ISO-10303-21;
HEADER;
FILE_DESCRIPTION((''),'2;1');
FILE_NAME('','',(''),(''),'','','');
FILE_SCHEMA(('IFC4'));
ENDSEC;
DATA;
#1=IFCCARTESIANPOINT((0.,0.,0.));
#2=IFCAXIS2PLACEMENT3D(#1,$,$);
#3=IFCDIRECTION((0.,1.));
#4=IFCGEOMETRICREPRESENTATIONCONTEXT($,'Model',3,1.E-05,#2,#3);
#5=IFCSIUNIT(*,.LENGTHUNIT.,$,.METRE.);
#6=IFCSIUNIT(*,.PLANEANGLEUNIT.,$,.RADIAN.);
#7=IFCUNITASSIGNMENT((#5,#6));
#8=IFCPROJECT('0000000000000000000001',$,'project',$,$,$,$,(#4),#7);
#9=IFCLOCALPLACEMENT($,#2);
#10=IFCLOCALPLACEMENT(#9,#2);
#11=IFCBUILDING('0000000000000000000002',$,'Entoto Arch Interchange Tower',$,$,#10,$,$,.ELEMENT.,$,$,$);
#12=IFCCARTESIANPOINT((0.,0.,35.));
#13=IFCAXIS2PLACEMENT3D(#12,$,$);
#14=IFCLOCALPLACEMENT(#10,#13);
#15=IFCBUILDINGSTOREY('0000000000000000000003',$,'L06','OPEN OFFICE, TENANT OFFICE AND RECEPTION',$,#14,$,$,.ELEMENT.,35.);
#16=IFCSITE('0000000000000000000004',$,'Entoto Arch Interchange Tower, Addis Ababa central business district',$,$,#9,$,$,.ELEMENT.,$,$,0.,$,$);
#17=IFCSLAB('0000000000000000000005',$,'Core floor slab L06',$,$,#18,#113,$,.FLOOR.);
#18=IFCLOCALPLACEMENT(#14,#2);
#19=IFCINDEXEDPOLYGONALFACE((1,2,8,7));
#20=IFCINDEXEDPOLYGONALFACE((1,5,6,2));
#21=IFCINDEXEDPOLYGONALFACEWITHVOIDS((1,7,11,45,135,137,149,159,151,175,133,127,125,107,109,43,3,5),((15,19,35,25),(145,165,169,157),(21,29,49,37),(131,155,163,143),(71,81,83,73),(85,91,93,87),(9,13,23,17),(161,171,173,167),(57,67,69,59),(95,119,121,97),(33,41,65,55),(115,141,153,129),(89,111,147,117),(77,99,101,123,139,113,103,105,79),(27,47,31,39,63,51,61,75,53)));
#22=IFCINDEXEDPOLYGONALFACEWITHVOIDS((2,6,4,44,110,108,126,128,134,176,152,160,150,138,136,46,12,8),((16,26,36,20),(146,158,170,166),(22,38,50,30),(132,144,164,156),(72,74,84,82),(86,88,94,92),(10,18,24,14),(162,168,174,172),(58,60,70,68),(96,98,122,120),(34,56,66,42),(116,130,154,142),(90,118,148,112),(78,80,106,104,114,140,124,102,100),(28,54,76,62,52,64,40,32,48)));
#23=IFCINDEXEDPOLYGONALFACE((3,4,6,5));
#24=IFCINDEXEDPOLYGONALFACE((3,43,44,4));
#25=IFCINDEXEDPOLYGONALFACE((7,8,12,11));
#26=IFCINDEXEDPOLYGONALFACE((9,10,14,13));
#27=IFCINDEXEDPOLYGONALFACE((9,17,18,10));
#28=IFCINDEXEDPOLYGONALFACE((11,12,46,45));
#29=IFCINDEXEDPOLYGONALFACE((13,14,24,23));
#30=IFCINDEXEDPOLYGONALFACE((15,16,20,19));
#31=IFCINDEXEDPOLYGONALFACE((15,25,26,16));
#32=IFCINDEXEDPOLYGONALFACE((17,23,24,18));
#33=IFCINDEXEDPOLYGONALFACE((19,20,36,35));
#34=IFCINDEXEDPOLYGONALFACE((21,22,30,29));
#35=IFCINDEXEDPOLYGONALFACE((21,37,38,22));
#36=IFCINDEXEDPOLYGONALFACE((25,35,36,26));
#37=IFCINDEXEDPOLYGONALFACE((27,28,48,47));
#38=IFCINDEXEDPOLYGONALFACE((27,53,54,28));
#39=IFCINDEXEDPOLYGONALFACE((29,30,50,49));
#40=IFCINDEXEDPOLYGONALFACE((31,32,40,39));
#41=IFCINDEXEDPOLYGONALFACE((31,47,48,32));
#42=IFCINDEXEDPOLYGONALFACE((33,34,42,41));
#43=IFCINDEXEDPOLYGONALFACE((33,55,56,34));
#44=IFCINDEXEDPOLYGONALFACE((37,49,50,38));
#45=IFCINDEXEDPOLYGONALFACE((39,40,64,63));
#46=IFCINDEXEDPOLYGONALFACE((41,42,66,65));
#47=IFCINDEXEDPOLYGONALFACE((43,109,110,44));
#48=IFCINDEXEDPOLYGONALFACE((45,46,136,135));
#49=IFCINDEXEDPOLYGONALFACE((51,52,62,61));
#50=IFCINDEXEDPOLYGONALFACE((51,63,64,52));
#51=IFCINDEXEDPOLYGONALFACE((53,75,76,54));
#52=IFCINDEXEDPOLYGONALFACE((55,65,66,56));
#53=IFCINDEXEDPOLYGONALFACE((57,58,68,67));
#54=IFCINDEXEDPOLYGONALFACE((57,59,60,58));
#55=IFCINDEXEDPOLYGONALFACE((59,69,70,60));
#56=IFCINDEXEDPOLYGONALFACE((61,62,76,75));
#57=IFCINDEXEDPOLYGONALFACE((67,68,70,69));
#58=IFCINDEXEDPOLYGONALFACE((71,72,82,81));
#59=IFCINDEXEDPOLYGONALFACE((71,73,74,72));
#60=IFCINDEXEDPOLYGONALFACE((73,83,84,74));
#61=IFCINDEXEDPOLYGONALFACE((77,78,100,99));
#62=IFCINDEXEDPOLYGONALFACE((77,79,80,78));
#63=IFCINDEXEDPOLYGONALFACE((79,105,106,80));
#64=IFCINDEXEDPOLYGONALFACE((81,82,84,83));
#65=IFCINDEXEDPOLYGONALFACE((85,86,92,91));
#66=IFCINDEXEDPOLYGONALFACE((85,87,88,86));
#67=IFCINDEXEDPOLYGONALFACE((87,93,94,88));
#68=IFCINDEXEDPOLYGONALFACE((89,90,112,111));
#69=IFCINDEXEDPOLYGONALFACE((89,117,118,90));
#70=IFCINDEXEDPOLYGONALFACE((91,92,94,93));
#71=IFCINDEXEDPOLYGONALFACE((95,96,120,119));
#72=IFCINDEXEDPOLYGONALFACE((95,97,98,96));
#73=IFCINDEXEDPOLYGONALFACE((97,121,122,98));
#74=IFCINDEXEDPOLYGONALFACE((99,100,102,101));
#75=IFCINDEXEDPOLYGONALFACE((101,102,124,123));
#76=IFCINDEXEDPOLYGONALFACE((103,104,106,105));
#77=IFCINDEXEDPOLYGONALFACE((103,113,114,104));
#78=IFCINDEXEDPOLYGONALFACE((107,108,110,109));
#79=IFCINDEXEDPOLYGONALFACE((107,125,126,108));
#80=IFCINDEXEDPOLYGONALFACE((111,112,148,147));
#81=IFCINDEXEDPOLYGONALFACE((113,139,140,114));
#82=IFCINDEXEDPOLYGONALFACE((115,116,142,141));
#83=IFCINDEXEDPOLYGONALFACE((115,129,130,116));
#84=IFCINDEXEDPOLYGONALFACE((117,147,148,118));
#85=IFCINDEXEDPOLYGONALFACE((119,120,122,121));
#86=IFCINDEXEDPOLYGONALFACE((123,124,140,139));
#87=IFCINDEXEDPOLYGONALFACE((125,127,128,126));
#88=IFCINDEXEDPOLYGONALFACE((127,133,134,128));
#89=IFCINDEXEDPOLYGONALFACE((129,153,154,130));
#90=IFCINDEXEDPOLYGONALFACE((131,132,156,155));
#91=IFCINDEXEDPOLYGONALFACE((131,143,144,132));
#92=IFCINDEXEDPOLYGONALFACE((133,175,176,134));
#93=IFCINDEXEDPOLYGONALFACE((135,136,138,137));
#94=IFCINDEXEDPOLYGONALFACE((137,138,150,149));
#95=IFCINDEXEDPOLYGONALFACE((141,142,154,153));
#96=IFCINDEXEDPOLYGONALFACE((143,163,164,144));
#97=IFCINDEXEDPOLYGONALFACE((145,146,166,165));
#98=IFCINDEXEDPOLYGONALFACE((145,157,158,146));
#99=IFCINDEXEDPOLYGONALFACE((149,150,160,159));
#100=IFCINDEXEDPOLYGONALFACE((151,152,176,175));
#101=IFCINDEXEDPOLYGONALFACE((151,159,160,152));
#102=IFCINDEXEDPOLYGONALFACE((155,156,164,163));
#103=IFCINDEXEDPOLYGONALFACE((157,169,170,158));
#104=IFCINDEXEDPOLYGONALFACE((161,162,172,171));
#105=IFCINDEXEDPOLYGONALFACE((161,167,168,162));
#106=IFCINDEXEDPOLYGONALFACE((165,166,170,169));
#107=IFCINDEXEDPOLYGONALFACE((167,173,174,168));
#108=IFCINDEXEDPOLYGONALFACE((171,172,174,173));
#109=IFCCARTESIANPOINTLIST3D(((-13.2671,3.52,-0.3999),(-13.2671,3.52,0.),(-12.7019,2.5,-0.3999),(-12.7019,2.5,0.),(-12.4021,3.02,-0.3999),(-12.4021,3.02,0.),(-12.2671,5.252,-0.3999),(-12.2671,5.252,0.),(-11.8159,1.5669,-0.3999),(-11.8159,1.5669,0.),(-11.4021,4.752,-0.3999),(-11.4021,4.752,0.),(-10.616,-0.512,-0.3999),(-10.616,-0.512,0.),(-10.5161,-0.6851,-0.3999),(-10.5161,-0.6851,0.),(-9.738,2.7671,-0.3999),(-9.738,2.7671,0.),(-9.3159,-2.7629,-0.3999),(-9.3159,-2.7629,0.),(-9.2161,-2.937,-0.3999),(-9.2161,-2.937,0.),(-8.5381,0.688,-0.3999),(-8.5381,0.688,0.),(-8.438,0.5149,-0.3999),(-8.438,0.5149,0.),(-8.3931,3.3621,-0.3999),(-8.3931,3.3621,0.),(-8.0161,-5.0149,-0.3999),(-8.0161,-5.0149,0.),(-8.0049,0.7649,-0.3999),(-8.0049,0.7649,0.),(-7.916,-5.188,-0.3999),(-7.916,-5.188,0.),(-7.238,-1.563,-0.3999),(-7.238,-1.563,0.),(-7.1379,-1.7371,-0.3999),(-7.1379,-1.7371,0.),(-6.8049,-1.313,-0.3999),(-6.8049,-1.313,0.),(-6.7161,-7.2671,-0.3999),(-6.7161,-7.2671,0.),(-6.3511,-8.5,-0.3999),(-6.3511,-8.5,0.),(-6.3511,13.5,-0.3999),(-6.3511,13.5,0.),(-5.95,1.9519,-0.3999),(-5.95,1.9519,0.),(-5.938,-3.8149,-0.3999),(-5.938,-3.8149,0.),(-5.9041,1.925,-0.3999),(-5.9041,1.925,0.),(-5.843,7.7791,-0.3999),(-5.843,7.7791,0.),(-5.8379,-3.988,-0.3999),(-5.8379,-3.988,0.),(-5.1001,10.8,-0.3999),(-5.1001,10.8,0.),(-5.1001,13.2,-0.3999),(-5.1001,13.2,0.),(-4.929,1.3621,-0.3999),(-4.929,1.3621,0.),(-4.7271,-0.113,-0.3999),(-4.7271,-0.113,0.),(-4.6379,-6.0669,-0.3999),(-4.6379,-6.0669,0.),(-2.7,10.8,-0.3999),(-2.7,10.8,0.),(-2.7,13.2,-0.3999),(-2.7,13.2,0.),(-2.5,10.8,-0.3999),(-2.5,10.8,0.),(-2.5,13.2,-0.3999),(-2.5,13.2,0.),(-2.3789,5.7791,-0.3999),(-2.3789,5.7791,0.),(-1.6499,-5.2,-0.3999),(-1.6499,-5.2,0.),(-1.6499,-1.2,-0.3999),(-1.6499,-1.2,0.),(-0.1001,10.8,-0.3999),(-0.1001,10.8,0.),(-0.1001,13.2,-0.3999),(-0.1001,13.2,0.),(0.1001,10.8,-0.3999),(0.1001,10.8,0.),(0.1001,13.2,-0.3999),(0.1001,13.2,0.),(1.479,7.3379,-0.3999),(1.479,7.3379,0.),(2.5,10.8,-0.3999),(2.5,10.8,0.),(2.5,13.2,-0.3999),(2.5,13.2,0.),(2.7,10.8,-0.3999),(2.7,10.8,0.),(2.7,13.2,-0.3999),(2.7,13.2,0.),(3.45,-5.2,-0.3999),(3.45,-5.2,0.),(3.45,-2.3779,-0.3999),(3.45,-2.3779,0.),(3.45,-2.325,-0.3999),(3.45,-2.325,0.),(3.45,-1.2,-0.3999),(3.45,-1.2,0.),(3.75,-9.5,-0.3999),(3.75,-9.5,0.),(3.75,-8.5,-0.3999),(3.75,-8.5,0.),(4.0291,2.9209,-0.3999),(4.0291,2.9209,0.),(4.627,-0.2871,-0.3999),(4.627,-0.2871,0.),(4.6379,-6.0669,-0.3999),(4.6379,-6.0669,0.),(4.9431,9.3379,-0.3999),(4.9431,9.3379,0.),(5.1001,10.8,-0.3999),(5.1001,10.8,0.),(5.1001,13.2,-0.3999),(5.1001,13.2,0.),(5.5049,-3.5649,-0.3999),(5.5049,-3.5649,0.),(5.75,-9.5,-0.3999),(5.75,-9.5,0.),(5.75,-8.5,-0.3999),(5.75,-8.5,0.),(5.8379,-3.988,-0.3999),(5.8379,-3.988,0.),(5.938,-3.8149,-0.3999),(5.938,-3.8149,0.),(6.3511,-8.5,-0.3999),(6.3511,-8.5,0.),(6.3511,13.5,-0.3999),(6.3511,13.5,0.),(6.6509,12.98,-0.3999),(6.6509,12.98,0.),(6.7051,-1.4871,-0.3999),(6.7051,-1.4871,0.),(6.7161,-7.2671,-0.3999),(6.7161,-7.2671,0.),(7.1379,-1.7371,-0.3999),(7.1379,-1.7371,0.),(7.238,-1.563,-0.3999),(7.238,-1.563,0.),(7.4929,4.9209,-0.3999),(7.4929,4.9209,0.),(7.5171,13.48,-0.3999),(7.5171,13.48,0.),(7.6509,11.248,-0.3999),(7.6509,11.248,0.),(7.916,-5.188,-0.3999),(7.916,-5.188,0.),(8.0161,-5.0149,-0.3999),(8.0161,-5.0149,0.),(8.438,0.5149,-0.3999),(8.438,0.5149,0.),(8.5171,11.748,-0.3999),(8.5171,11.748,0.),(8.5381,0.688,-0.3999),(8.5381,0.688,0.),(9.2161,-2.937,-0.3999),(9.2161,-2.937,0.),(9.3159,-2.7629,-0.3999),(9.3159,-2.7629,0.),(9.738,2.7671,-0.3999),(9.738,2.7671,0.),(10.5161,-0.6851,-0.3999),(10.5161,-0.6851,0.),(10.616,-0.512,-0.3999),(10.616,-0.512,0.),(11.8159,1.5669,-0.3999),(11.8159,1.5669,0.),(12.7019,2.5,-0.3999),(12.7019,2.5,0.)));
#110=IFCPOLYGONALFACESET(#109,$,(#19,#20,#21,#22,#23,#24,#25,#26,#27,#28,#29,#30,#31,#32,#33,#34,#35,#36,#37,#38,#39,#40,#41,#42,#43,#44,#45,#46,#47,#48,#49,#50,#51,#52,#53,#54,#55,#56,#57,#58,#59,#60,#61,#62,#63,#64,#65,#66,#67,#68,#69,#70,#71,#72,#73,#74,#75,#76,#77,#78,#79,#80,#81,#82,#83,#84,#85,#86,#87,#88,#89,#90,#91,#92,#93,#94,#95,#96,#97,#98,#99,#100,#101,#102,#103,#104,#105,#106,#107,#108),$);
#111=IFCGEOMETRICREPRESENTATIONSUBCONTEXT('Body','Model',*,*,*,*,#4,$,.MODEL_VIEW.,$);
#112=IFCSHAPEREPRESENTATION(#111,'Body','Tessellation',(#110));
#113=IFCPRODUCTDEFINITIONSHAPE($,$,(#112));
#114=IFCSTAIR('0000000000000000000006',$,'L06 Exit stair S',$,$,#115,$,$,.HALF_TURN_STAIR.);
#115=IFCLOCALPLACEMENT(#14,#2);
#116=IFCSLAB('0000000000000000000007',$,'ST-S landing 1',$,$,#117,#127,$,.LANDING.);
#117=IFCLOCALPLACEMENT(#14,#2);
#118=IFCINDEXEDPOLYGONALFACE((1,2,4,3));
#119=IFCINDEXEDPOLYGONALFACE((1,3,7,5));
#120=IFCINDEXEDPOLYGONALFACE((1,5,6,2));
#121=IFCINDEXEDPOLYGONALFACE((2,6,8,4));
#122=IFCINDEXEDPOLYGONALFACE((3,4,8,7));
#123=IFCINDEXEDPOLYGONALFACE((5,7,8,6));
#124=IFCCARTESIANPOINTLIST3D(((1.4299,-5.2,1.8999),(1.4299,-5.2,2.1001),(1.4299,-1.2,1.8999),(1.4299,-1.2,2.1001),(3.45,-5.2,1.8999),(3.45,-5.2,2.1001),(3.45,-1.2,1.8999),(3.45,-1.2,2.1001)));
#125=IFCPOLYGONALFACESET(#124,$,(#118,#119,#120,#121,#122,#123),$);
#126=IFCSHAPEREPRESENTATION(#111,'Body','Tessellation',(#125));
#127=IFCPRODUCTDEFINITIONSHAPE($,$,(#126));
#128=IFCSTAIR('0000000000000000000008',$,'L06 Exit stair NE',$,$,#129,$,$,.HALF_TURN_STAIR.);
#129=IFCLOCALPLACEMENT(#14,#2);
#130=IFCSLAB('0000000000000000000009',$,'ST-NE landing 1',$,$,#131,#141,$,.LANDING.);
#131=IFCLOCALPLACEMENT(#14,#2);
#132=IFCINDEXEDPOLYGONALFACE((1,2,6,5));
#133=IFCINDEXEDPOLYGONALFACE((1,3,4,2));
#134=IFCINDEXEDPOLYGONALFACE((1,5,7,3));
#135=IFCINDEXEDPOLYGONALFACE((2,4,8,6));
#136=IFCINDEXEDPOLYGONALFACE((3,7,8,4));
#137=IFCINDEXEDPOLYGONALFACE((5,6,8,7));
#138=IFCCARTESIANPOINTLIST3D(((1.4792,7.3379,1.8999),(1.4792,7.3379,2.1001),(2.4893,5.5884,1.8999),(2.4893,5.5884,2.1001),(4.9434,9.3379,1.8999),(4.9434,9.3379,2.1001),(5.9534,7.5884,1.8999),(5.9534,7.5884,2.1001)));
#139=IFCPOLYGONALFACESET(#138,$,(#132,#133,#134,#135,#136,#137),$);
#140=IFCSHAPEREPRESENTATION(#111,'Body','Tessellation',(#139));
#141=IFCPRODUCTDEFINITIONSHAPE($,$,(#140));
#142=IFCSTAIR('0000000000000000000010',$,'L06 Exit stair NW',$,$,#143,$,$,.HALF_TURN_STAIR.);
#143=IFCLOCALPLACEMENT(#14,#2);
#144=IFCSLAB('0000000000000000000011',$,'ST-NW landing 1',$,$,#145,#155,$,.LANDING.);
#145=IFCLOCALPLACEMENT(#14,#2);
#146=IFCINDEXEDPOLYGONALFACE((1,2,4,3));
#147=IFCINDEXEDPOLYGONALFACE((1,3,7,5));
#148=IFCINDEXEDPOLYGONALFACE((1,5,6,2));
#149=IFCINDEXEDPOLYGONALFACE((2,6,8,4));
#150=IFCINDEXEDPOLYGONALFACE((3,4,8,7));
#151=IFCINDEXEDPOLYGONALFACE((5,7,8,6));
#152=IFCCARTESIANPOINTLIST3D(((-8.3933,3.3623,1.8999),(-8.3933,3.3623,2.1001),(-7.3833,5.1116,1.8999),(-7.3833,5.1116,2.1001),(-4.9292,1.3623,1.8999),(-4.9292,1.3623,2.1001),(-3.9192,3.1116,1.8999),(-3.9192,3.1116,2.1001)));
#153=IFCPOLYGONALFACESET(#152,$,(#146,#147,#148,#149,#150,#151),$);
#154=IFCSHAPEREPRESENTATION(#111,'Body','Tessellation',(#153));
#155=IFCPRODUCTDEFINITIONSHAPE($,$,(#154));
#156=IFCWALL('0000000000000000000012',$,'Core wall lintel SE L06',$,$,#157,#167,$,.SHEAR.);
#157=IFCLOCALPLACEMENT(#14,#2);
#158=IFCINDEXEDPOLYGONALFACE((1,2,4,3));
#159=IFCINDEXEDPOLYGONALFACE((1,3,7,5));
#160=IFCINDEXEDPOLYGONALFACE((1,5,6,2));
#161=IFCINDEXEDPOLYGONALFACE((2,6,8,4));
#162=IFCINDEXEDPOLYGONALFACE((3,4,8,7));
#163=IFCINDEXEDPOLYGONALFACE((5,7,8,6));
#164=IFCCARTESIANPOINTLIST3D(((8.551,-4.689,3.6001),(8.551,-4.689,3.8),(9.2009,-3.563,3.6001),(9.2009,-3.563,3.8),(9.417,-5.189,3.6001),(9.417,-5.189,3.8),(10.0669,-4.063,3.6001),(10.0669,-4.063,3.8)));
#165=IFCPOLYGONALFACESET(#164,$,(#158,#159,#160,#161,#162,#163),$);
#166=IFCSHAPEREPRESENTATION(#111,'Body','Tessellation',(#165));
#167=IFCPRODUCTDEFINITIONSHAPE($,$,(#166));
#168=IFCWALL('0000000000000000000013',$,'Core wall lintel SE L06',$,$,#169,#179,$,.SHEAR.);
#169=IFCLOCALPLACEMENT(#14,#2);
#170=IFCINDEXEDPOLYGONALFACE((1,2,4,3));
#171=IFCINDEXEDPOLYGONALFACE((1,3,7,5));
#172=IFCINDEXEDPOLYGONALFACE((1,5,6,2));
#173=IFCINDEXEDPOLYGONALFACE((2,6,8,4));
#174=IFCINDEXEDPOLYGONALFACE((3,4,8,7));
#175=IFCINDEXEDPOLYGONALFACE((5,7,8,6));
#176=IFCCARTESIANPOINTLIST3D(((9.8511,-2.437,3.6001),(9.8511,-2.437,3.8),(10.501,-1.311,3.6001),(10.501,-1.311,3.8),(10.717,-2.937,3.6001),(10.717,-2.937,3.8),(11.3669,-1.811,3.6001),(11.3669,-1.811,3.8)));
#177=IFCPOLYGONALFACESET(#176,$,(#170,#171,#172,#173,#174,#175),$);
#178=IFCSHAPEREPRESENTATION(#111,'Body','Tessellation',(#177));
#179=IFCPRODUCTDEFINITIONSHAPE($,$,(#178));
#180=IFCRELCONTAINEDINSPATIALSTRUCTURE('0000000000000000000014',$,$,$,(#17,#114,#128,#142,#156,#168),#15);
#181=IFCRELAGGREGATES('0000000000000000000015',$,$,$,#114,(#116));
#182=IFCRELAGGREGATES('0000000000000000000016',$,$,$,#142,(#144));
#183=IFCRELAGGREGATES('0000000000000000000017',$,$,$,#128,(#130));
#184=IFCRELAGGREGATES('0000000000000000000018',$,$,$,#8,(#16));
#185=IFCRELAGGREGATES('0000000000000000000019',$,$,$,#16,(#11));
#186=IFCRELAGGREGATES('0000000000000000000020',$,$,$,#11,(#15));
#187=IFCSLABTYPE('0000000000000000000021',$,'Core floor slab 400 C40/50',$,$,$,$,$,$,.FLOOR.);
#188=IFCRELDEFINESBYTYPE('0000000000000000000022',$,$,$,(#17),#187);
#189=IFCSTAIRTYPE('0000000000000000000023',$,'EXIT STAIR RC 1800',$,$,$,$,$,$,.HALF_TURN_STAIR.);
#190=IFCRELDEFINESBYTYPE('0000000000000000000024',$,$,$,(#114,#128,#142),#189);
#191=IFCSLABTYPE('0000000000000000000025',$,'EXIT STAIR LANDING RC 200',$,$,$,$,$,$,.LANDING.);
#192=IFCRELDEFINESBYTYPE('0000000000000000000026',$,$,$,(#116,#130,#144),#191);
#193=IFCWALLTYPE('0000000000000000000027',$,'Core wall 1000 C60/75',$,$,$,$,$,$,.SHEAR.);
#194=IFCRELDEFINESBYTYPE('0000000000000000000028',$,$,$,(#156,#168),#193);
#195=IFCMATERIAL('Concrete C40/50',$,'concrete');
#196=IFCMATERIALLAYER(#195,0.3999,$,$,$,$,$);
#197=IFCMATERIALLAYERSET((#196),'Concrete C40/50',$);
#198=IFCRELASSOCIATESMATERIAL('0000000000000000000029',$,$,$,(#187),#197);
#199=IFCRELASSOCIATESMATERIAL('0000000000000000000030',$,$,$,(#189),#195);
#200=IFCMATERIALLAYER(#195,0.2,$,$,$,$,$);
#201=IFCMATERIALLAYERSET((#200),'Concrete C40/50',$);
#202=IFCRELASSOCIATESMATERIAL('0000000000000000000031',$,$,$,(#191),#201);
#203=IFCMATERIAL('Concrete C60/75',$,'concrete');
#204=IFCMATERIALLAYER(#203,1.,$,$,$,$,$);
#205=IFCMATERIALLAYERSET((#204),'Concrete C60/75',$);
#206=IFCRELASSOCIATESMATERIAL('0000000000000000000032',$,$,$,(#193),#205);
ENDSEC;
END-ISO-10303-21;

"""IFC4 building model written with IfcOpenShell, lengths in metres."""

from ifc_helpers import new_model, si_unit, direction, frame, origin, place, context, subcontext, project, spatial, polyline, outline, extrude, material, layer, layer_set, type_object, element, aggregate, save


model = new_model("IFC4")

# Units and contexts
model_context = context("Model", 3, precision=1e-05, world=origin(), true_north=direction((0.0, 1.0)))
body_context = subcontext(model_context, "Body", "Model", "MODEL_VIEW")
ifc_project = project(units=[si_unit("LENGTHUNIT", "METRE"), si_unit("PLANEANGLEUNIT", "RADIAN")], contexts=[model_context])

# Site, building, storey
site_placement = place(None, origin())
site = spatial("IfcSite", under=ifc_project, at=site_placement, Name="Entoto Arch Interchange Tower, Addis Ababa central business district", CompositionType="ELEMENT", RefElevation=0.0)
building_placement = place(site_placement, origin())
building = spatial("IfcBuilding", under=site, at=building_placement, Name="Entoto Arch Interchange Tower", CompositionType="ELEMENT")
storey_placement = place(building_placement, frame((0.0, 0.0, 35.0)))
storey = spatial("IfcBuildingStorey", under=building, at=storey_placement, Name="L06", Description="OPEN OFFICE, TENANT OFFICE AND RECEPTION", CompositionType="ELEMENT", Elevation=35.0)

# Slab
ifc_material_1 = material(Name="Concrete C40/50", Category="concrete")
ifc_layer_1 = layer(ifc_material_1, 0.3999)
ifc_layer_set_1 = layer_set([ifc_layer_1], Name="Concrete C40/50")
slab_type_1 = type_object("IfcSlabType", Name="Core floor slab 400 C40/50", PredefinedType="FLOOR", material=ifc_layer_set_1)
slab_1_placement = place(storey_placement, frame((0.0, 0.0, -0.3999)))
element("IfcSlab", 1, at=slab_1_placement, inside=storey, type_object=slab_type_1, Name="Core floor slab L06", PredefinedType="FLOOR", context=body_context, shape_type="SweptSolid", body=[
    extrude(outline(polyline([(5.75, -9.5), (3.75, -9.5), (3.75, -8.5), (-6.3511, -8.5), (-12.7019, 2.5), (-12.4021, 3.02), (-13.2671, 3.52), (-12.2671, 5.252), (-11.4021, 4.752), (-6.3511, 13.5), (6.3511, 13.5), (6.6509, 12.98), (7.5171, 13.48), (8.5171, 11.748), (7.6509, 11.248), (12.7019, 2.5), (6.3511, -8.5), (5.75, -8.5), (5.75, -9.5)]), holes=[polyline([(-4.6379, -6.0669), (-5.8379, -3.988), (-7.916, -5.188), (-6.7161, -7.2671), (-4.6379, -6.0669)]), polyline([(-5.938, -3.8149), (-7.1379, -1.7371), (-9.2161, -2.937), (-8.0161, -5.0149), (-5.938, -3.8149)]), polyline([(5.5049, -3.5649), (6.7051, -1.4871), (4.627, -0.2871), (3.45, -2.325), (3.45, -1.2), (-1.6499, -1.2), (-1.6499, -5.2), (3.45, -5.2), (3.45, -2.3779), (5.5049, -3.5649)]), polyline([(-7.238, -1.563), (-8.438, 0.5149), (-10.5161, -0.6851), (-9.3159, -2.7629), (-7.238, -1.563)]), polyline([(-4.7271, -0.113), (-5.9041, 1.925), (-4.929, 1.3621), (-2.3789, 5.7791), (-5.843, 7.7791), (-8.3931, 3.3621), (-5.95, 1.9519), (-8.0049, 0.7649), (-6.8049, -1.313), (-4.7271, -0.113)]), polyline([(-8.5381, 0.688), (-9.738, 2.7671), (-11.8159, 1.5669), (-10.616, -0.512), (-8.5381, 0.688)]), polyline([(-5.1001, 10.8), (-2.7, 10.8), (-2.7, 13.2), (-5.1001, 13.2), (-5.1001, 10.8)]), polyline([(-2.5, 10.8), (-0.1001, 10.8), (-0.1001, 13.2), (-2.5, 13.2), (-2.5, 10.8)]), polyline([(5.8379, -3.988), (4.6379, -6.0669), (6.7161, -7.2671), (7.916, -5.188), (5.8379, -3.988)]), polyline([(7.1379, -1.7371), (5.938, -3.8149), (8.0161, -5.0149), (9.2161, -2.937), (7.1379, -1.7371)]), polyline([(8.438, 0.5149), (7.238, -1.563), (9.3159, -2.7629), (10.5161, -0.6851), (8.438, 0.5149)]), polyline([(9.738, 2.7671), (8.5381, 0.688), (10.616, -0.512), (11.8159, 1.5669), (9.738, 2.7671)]), polyline([(4.0291, 2.9209), (7.4929, 4.9209), (4.9431, 9.3379), (1.479, 7.3379), (4.0291, 2.9209)]), polyline([(0.1001, 13.2), (0.1001, 10.8), (2.5, 10.8), (2.5, 13.2), (0.1001, 13.2)]), polyline([(2.7, 13.2), (2.7, 10.8), (5.1001, 10.8), (5.1001, 13.2), (2.7, 13.2)])]), origin(), (0.0, 0.0, 1.0), 0.3999),
])

# Stairs, slabs
stair_type = type_object("IfcStairType", Name="EXIT STAIR RC 1800", PredefinedType="HALF_TURN_STAIR", material=ifc_material_1)
stair_1_placement = place(storey_placement, origin())
stair_1 = element("IfcStair", 2, at=stair_1_placement, inside=storey, type_object=stair_type, Name="L06 Exit stair S", PredefinedType="HALF_TURN_STAIR")
ifc_layer_2 = layer(ifc_material_1, 0.2)
ifc_layer_set_2 = layer_set([ifc_layer_2], Name="Concrete C40/50")
slab_type_2 = type_object("IfcSlabType", Name="EXIT STAIR LANDING RC 200", PredefinedType="LANDING", material=ifc_layer_set_2)
slab_2_placement = place(storey_placement, frame((0.0, 0.0, 1.8999)))
slab_2 = element("IfcSlab", 3, at=slab_2_placement, type_object=slab_type_2, Name="ST-S landing 1", PredefinedType="LANDING", context=body_context, shape_type="SweptSolid", body=[
    extrude(outline(polyline([(1.4299, -5.2), (3.45, -5.2), (3.45, -1.2), (1.4299, -1.2), (1.4299, -5.2)])), origin(), (0.0, 0.0, 1.0), 0.2002),
])
aggregate(stair_1, [slab_2])
stair_2_placement = place(storey_placement, origin())
stair_2 = element("IfcStair", 4, at=stair_2_placement, inside=storey, type_object=stair_type, Name="L06 Exit stair NE", PredefinedType="HALF_TURN_STAIR")
slab_3_placement = place(storey_placement, frame((0.0, 0.0, 1.8999)))
slab_3 = element("IfcSlab", 5, at=slab_3_placement, type_object=slab_type_2, Name="ST-NE landing 1", PredefinedType="LANDING", context=body_context, shape_type="SweptSolid", body=[
    extrude(outline(polyline([(5.9534, 7.5884), (4.9434, 9.3379), (1.4792, 7.3379), (2.4893, 5.5884), (5.9534, 7.5884)])), origin(), (0.0, 0.0, 1.0), 0.2002),
])
stair_3_placement = place(storey_placement, origin())
stair_3 = element("IfcStair", 6, at=stair_3_placement, inside=storey, type_object=stair_type, Name="L06 Exit stair NW", PredefinedType="HALF_TURN_STAIR")
slab_4_placement = place(storey_placement, frame((0.0, 0.0, 1.8999)))
slab_4 = element("IfcSlab", 7, at=slab_4_placement, type_object=slab_type_2, Name="ST-NW landing 1", PredefinedType="LANDING", context=body_context, shape_type="SweptSolid", body=[
    extrude(outline(polyline([(-7.3833, 5.1116), (-8.3933, 3.3623), (-4.9292, 1.3623), (-3.9192, 3.1116), (-7.3833, 5.1116)])), origin(), (0.0, 0.0, 1.0), 0.2002),
])
aggregate(stair_3, [slab_4])

# Walls
ifc_material_2 = material(Name="Concrete C60/75", Category="concrete")
ifc_layer_3 = layer(ifc_material_2, 1.0)
ifc_layer_set_3 = layer_set([ifc_layer_3], Name="Concrete C60/75")
wall_type_1 = type_object("IfcWallType", Name="Core wall 1000 C60/75", PredefinedType="SHEAR", material=ifc_layer_set_3)
wall_1_placement = place(storey_placement, frame((0.0, 0.0, 3.6001)))
element("IfcWall", 8, at=wall_1_placement, inside=storey, type_object=wall_type_1, Name="Core wall lintel SE L06", PredefinedType="SHEAR", context=body_context, shape_type="SweptSolid", body=[
    extrude(outline(polyline([(10.0669, -4.063), (9.2009, -3.563), (8.551, -4.689), (9.417, -5.189), (10.0669, -4.063)])), origin(), (0.0, 0.0, 1.0), 0.2),
])
wall_2_placement = place(storey_placement, frame((0.0, 0.0, 3.6001)))
element("IfcWall", 9, at=wall_2_placement, inside=storey, type_object=wall_type_1, Name="Core wall lintel SE L06", PredefinedType="SHEAR", context=body_context, shape_type="SweptSolid", body=[
    extrude(outline(polyline([(11.3669, -1.811), (10.501, -1.311), (9.8511, -2.437), (10.717, -2.937), (11.3669, -1.811)])), origin(), (0.0, 0.0, 1.0), 0.2),
])

aggregate(stair_2, [slab_3])

save(model, "model.ifc")
